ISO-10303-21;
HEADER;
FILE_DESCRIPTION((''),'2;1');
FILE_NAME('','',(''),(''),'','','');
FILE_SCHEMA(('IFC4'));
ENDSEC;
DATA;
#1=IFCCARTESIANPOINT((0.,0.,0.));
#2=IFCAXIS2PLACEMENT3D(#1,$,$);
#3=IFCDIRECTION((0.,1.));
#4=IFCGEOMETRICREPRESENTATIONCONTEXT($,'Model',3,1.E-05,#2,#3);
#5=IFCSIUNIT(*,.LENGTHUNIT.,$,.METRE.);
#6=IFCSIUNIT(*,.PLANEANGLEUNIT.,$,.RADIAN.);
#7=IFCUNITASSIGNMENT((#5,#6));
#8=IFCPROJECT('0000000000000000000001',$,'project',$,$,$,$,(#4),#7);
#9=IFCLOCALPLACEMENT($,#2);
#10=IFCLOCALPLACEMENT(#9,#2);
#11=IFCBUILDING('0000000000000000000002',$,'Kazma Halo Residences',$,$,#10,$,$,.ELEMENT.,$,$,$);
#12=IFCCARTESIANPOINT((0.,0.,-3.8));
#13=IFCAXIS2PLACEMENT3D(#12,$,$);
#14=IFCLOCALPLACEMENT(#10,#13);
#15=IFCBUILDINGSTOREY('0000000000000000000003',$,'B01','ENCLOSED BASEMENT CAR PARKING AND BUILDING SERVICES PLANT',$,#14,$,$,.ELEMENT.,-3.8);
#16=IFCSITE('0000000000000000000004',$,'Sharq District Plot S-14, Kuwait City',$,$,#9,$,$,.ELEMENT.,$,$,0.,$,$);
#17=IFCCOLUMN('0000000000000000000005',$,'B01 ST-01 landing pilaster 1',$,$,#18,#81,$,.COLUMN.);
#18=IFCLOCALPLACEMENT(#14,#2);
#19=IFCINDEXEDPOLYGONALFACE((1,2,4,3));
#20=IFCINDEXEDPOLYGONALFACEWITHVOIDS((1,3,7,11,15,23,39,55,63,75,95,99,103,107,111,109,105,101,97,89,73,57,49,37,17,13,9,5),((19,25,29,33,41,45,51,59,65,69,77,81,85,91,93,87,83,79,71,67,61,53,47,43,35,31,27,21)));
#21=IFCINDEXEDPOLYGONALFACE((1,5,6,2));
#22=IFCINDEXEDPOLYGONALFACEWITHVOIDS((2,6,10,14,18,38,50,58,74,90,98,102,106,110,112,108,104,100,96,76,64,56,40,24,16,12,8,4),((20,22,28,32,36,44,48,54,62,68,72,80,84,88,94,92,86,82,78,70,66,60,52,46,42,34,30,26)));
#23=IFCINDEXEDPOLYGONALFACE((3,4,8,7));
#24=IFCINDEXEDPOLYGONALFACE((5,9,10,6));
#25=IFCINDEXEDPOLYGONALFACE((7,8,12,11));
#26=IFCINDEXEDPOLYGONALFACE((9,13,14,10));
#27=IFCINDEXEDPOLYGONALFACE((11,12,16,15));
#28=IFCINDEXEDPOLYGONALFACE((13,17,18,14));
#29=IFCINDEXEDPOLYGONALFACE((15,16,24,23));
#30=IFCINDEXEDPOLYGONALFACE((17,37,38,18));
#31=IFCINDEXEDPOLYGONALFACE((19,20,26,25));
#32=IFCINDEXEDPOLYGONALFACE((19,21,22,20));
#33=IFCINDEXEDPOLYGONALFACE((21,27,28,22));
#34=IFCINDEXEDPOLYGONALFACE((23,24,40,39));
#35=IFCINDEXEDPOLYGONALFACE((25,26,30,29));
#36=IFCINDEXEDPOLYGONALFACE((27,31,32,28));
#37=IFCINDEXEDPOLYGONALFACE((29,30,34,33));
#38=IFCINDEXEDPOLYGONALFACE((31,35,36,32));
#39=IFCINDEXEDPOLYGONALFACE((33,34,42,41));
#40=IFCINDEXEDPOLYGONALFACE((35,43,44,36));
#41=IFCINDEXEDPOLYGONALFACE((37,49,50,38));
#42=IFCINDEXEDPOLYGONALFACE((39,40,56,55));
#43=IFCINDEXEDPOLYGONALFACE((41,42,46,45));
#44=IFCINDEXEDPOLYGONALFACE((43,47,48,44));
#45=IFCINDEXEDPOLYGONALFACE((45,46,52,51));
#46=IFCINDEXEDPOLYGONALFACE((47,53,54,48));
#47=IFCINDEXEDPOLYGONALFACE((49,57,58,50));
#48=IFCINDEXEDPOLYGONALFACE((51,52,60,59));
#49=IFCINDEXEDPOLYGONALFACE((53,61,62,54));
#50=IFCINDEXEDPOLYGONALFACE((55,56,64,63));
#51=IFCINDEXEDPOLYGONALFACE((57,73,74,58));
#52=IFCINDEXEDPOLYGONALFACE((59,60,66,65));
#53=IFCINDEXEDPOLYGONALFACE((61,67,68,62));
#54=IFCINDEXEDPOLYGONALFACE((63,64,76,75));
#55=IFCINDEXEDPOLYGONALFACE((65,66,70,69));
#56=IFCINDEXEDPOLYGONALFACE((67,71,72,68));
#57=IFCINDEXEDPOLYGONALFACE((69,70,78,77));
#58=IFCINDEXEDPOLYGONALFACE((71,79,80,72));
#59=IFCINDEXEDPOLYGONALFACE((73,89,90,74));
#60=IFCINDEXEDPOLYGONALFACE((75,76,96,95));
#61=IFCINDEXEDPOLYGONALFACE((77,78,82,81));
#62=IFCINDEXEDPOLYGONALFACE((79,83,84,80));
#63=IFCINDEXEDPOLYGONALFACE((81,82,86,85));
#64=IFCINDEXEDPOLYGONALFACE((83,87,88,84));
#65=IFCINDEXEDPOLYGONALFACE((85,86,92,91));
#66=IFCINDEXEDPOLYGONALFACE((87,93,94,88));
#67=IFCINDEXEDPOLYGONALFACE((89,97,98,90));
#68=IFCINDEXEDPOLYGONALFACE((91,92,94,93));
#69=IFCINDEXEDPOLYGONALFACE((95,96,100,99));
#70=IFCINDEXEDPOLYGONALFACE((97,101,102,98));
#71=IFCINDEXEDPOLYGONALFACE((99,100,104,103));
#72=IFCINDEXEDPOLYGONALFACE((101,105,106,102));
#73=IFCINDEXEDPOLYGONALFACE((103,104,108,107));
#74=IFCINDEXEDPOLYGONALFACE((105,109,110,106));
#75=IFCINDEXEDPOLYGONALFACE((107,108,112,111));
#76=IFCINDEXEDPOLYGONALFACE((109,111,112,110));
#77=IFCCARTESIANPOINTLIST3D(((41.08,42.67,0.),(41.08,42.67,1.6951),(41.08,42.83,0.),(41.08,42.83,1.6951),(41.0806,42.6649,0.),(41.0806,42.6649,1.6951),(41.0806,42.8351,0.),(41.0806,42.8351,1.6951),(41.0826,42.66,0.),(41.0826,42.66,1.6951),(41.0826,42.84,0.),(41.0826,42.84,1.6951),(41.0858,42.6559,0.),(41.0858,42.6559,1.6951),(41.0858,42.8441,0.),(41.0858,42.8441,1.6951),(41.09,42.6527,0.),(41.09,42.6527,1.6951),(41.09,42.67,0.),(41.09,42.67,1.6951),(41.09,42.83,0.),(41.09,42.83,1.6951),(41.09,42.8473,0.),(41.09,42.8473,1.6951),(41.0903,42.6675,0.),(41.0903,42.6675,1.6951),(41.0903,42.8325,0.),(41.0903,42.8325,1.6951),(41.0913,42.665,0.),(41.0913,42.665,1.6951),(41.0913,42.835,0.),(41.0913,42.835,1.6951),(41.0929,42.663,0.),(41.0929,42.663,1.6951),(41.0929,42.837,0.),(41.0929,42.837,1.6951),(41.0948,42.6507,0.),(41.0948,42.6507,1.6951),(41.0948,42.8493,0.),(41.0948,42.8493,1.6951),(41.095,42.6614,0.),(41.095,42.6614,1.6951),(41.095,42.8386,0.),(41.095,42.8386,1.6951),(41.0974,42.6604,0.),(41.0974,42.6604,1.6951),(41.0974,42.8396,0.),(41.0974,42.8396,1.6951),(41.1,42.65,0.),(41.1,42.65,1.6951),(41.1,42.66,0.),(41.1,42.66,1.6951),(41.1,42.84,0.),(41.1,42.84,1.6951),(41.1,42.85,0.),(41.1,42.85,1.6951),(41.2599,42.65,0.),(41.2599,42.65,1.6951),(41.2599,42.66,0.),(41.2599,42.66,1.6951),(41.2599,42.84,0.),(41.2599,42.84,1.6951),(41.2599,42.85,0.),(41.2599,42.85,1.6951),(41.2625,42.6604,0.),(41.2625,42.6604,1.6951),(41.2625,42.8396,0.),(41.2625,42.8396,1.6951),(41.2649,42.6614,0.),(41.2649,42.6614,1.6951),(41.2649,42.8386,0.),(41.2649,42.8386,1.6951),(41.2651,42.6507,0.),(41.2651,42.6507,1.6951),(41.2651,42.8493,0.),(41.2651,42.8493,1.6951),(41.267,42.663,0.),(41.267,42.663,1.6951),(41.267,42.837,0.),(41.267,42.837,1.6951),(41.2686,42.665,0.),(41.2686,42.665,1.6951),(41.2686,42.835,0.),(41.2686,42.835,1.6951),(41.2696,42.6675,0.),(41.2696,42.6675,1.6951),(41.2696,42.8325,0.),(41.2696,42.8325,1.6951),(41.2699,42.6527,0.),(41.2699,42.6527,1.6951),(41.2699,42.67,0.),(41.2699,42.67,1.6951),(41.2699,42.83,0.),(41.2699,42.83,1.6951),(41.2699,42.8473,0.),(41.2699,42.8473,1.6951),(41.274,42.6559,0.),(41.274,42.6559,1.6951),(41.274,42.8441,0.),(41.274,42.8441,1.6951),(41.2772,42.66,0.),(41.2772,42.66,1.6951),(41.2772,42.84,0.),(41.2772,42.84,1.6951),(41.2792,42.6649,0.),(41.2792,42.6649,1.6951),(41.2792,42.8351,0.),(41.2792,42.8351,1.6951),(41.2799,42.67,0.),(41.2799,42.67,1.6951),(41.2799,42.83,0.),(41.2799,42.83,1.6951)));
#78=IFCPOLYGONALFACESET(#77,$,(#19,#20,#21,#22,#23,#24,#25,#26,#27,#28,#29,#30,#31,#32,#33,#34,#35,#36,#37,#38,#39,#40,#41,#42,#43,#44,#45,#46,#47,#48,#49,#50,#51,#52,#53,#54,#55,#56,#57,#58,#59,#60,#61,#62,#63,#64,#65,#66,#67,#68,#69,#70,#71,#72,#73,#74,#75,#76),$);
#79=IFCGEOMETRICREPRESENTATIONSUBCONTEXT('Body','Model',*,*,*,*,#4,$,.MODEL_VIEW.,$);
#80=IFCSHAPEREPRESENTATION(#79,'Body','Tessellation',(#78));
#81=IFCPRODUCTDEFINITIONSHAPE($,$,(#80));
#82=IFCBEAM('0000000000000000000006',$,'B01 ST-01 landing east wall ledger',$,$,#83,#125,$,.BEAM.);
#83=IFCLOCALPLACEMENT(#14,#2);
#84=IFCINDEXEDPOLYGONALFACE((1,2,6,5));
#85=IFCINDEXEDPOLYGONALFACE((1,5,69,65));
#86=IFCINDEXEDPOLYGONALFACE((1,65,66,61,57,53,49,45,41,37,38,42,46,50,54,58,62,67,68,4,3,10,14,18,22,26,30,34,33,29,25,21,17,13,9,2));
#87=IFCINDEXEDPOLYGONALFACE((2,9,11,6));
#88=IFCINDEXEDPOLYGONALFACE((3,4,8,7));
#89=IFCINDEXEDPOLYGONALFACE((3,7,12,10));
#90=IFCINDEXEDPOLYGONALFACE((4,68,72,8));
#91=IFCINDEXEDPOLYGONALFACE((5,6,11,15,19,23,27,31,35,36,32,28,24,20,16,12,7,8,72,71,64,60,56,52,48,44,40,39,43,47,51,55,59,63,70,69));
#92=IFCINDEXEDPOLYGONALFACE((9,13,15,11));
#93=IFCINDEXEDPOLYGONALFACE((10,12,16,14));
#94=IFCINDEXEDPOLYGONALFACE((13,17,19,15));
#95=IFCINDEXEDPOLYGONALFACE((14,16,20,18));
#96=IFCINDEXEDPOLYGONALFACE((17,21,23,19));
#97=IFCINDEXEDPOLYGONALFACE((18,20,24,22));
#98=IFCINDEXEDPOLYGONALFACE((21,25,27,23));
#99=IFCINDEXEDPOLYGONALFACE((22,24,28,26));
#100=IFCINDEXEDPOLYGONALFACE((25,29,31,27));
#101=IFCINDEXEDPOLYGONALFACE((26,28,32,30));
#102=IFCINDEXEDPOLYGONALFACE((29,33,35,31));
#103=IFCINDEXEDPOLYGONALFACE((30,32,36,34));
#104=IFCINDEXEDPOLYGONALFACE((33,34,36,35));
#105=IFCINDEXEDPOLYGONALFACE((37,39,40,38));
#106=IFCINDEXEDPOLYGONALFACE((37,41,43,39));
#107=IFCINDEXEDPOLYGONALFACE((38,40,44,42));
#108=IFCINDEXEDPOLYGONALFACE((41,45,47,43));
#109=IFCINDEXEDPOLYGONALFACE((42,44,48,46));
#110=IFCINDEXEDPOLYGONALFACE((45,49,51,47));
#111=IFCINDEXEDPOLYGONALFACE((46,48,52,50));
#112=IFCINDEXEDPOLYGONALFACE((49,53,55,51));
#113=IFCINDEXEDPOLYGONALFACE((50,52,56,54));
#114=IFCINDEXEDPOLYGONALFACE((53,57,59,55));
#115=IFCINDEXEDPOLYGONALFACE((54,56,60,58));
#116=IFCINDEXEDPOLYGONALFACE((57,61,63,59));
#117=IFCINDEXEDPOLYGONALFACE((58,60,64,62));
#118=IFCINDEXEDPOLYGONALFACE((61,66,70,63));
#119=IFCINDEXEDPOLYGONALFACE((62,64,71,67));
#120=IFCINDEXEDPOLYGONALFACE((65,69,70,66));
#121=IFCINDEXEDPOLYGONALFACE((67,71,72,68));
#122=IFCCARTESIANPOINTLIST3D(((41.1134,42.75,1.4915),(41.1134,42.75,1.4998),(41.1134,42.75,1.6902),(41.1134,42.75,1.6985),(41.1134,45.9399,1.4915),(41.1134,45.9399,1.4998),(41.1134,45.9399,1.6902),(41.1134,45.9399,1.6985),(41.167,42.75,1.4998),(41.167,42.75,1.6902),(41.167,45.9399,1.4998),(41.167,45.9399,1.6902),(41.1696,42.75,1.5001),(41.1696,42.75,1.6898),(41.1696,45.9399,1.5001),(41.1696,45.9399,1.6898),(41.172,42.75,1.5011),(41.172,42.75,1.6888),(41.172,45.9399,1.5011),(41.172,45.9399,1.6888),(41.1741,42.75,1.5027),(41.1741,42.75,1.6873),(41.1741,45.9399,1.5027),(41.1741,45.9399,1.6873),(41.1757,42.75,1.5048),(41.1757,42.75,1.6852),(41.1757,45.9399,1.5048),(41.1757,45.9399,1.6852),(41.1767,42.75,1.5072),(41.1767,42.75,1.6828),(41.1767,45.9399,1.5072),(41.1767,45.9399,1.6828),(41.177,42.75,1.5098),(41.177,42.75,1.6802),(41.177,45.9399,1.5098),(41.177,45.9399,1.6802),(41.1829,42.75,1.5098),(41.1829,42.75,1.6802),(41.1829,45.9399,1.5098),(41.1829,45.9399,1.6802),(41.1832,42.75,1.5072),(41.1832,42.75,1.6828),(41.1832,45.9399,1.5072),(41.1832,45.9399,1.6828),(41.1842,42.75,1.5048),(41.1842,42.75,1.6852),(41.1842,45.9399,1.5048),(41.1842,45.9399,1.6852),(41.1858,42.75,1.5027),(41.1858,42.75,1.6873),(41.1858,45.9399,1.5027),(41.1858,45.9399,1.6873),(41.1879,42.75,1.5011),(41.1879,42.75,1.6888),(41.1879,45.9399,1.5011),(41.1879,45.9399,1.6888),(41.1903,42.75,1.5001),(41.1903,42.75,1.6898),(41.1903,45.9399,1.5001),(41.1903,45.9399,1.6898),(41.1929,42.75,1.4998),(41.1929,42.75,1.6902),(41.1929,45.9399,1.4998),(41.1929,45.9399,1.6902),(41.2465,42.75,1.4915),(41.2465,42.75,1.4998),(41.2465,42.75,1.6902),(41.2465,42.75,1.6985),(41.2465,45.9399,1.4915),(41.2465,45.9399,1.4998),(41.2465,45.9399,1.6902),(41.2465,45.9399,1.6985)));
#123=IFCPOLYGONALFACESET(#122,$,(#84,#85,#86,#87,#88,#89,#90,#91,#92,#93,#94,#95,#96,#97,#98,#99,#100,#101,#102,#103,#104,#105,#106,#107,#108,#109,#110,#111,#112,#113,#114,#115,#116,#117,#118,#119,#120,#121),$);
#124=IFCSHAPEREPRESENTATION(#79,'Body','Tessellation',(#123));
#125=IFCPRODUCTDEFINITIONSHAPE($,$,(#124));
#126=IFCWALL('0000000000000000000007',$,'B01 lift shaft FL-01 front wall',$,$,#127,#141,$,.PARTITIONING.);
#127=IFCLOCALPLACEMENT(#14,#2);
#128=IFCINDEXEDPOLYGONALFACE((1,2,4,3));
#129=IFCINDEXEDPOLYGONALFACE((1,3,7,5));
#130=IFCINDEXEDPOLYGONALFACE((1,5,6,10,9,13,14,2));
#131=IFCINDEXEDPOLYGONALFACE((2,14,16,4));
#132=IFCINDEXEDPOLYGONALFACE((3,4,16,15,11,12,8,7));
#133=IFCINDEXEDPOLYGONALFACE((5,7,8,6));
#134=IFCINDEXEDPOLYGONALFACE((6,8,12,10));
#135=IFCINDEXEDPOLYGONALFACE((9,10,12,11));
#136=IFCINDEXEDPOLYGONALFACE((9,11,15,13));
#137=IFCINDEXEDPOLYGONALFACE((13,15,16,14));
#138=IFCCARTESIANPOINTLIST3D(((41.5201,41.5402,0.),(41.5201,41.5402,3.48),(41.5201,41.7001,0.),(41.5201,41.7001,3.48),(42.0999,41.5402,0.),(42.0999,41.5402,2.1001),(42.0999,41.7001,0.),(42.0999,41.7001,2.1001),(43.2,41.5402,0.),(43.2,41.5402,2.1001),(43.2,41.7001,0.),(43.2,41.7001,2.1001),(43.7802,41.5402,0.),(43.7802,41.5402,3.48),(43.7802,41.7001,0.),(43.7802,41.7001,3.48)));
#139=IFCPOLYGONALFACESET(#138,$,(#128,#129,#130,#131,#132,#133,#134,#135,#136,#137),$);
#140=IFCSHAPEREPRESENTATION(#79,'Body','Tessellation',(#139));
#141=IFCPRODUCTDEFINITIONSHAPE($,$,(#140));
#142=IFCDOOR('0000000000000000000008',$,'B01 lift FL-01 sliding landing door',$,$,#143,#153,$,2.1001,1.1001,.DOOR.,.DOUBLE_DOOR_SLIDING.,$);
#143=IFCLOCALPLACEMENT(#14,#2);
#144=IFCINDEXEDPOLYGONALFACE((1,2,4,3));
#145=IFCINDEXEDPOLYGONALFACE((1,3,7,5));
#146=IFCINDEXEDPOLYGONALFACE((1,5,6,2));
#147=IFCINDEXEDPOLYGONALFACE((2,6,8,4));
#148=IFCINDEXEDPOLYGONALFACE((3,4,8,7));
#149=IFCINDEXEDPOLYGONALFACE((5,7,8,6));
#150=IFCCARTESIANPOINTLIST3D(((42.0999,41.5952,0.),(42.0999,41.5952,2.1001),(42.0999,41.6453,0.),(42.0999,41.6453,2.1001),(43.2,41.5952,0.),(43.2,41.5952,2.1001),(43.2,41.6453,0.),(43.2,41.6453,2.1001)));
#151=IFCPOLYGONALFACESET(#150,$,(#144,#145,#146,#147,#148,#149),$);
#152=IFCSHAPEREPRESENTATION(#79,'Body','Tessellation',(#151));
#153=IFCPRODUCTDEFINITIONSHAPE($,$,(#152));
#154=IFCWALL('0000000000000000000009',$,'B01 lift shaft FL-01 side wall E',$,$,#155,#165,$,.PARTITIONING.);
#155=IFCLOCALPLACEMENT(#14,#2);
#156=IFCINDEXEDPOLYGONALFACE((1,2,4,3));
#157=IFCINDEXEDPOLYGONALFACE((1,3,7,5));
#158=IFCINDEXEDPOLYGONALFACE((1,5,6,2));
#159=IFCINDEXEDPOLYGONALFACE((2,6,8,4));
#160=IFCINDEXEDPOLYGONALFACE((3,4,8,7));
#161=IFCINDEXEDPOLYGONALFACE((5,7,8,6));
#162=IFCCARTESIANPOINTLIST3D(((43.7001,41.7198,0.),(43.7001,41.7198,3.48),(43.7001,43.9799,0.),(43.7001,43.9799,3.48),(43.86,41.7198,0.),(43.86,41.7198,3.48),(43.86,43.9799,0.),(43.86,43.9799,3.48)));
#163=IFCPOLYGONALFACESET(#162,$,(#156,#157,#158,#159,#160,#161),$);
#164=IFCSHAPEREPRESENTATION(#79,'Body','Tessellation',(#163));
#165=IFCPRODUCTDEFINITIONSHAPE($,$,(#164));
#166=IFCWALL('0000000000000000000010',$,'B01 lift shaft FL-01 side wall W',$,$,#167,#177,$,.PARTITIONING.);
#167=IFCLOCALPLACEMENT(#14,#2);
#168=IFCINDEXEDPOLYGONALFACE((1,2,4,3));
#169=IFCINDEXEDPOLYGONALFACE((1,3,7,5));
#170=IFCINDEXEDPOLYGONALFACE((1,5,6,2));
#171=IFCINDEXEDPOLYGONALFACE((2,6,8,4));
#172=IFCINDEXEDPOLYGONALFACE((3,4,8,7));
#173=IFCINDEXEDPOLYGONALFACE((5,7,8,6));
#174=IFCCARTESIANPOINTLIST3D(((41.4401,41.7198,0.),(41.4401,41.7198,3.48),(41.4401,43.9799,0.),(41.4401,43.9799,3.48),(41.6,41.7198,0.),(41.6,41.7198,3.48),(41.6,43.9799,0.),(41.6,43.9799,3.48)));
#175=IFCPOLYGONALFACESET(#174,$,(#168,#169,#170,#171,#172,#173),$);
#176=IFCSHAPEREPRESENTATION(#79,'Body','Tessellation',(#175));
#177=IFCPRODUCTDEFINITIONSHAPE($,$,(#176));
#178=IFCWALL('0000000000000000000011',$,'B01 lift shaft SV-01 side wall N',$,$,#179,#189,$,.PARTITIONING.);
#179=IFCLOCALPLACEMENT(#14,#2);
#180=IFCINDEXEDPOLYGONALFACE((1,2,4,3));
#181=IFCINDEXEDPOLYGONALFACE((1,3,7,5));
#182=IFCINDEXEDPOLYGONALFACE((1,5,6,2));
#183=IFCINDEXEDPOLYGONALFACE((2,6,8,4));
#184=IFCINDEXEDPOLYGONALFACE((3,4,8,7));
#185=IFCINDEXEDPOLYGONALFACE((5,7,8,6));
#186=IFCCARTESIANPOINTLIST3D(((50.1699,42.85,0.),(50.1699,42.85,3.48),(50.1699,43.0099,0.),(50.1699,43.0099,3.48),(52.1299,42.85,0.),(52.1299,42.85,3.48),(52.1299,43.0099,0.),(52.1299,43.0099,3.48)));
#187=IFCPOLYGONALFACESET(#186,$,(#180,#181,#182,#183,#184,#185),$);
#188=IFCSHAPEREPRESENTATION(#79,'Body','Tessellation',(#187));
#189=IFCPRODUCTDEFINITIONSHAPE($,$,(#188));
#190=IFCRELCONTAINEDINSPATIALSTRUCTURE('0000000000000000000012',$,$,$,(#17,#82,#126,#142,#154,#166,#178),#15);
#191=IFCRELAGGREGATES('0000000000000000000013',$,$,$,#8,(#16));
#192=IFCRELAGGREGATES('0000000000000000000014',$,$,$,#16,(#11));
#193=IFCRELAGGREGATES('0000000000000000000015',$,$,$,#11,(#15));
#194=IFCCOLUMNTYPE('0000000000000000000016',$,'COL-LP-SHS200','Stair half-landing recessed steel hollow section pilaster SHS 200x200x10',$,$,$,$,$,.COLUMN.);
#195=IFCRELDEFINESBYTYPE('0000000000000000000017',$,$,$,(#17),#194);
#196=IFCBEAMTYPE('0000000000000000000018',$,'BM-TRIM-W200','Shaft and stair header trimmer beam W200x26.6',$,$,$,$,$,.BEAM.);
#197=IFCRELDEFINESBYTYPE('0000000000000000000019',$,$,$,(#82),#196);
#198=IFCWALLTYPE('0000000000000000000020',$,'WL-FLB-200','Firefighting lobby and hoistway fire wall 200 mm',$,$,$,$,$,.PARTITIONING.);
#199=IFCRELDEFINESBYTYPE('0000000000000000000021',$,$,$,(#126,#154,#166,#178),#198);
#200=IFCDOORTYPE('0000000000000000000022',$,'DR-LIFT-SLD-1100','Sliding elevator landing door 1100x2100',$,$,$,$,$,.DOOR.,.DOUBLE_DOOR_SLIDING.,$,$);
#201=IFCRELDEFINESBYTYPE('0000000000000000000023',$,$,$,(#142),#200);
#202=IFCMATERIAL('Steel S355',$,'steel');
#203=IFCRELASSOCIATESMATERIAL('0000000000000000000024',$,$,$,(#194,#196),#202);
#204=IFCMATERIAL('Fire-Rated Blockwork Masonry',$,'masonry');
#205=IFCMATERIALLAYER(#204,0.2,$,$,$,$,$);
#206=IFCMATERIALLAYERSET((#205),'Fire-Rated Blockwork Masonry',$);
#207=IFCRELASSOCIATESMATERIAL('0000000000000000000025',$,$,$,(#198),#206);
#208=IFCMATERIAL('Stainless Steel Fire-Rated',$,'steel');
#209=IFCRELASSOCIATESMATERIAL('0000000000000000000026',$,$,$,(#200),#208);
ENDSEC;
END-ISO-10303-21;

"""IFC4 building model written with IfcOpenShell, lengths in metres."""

from ifc_helpers import new_model, si_unit, direction, frame, frame_2d, origin, origin_2d, place, context, subcontext, project, spatial, rectangle, hollow_rectangle, i_section, extrude, material, layer, layer_set, material_profile, profile_set, type_object, element, fill, save


model = new_model("IFC4")

# Units and contexts
model_context = context("Model", 3, precision=1e-05, world=origin(), true_north=direction((0.0, 1.0)))
body_context = subcontext(model_context, "Body", "Model", "MODEL_VIEW")
ifc_project = project(units=[si_unit("LENGTHUNIT", "METRE"), si_unit("PLANEANGLEUNIT", "RADIAN")], contexts=[model_context])

# Site, building, storey
site_placement = place(None, origin())
site = spatial("IfcSite", under=ifc_project, at=site_placement, Name="Sharq District Plot S-14, Kuwait City", CompositionType="ELEMENT", RefElevation=0.0)
building_placement = place(site_placement, origin())
building = spatial("IfcBuilding", under=site, at=building_placement, Name="Kazma Halo Residences", CompositionType="ELEMENT")
storey_placement = place(building_placement, frame((0.0, 0.0, -3.8)))
storey = spatial("IfcBuildingStorey", under=building, at=storey_placement, Name="B01", Description="ENCLOSED BASEMENT CAR PARKING AND BUILDING SERVICES PLANT", CompositionType="ELEMENT", Elevation=-3.8)

# Column
ifc_material_1 = material(Name="Steel S355", Category="steel")
ifc_material_profile_1 = material_profile(ifc_material_1, hollow_rectangle(XDim=0.2, YDim=0.2, WallThickness=0.01, InnerFilletRadius=0.01, OuterFilletRadius=0.02, at=origin_2d()), Name="SHS200x200x10")
ifc_profile_set_1 = profile_set([ifc_material_profile_1], Name="Steel S355")
column_type = type_object("IfcColumnType", Name="COL-LP-SHS200", Description="Stair half-landing recessed steel hollow section pilaster SHS 200x200x10", PredefinedType="COLUMN", material=ifc_profile_set_1)
column_placement = place(storey_placement, frame((41.1799, 42.75, 0.0), z_axis=(0.0, 0.0, 1.0), x_axis=(1.0, 0.0, 0.0)))
element("IfcColumn", 1, at=column_placement, inside=storey, type_object=column_type, Name="B01 ST-01 landing pilaster 1", PredefinedType="COLUMN", context=body_context, shape_type="SweptSolid", body=[
    extrude(hollow_rectangle(XDim=0.2, YDim=0.2, WallThickness=0.01, InnerFilletRadius=0.01, OuterFilletRadius=0.02, at=origin_2d()), origin(), (0.0, 0.0, 1.0), 1.6951),
])

# Beam
ifc_material_profile_2 = material_profile(ifc_material_1, i_section(OverallWidth=0.1331, OverallDepth=0.207, WebThickness=0.0059, FlangeThickness=0.0083, FilletRadius=0.01, at=origin_2d()), Name="W200x26.6")
ifc_profile_set_2 = profile_set([ifc_material_profile_2], Name="Steel S355")
beam_type = type_object("IfcBeamType", Name="BM-TRIM-W200", Description="Shaft and stair header trimmer beam W200x26.6", PredefinedType="BEAM", material=ifc_profile_set_2)
beam_placement = place(storey_placement, frame((41.1799, 42.75, 1.595), z_axis=(0.0, 1.0, 0.0), x_axis=(-1.0, 0.0, 0.0)))
element("IfcBeam", 2, at=beam_placement, inside=storey, type_object=beam_type, Name="B01 ST-01 landing east wall ledger", PredefinedType="BEAM", context=body_context, shape_type="SweptSolid", body=[
    extrude(i_section(OverallWidth=0.1331, OverallDepth=0.207, WebThickness=0.0059, FlangeThickness=0.0083, FilletRadius=0.01, at=origin_2d()), origin(), (0.0, 0.0, 1.0), 3.1899),
])

# Wall, opening, door
ifc_material_2 = material(Name="Fire-Rated Blockwork Masonry", Category="masonry")
ifc_layer_1 = layer(ifc_material_2, 0.2)
ifc_layer_set_1 = layer_set([ifc_layer_1], Name="Fire-Rated Blockwork Masonry")
wall_type_1 = type_object("IfcWallType", Name="WL-FLB-200", Description="Firefighting lobby and hoistway fire wall 200 mm", PredefinedType="PARTITIONING", material=ifc_layer_set_1)
wall_1_placement = place(storey_placement, frame((43.78, 41.6201, 0.0), z_axis=(0.0, 0.0, 1.0), x_axis=(-1.0, 0.0, 0.0)))
wall_1 = element("IfcWall", 3, at=wall_1_placement, inside=storey, type_object=wall_type_1, Name="B01 lift shaft FL-01 front wall", PredefinedType="PARTITIONING", context=body_context, shape_type="SweptSolid", body=[
    extrude(rectangle(XDim=2.26, YDim=0.1599, at=frame_2d((1.1299, 0.0))), origin(), (0.0, 0.0, 1.0), 3.48),
])
opening_1_placement = place(wall_1_placement, frame((0.5801, 0.0, 0.0)))
opening_1 = element("IfcOpeningElement", 4, at=opening_1_placement, cuts=wall_1, PredefinedType="OPENING", context=body_context, shape_type="SweptSolid", body=[
    extrude(rectangle(XDim=1.1001, YDim=2.1001, at=frame_2d((0.55, 1.05))), frame((0.0, 0.0898, 0.0), z_axis=(0.0, -1.0, 0.0), x_axis=(1.0, 0.0, 0.0)), (0.0, 0.0, 1.0), 0.1799),
])
ifc_material_3 = material(Name="Stainless Steel Fire-Rated", Category="steel")
door_type_1 = type_object("IfcDoorType", Name="DR-LIFT-SLD-1100", Description="Sliding elevator landing door 1100x2100", OperationType="DOUBLE_DOOR_SLIDING", PredefinedType="DOOR", material=ifc_material_3)
door_1_placement = place(opening_1_placement, origin())
door_1 = element("IfcDoor", 5, at=door_1_placement, inside=storey, type_object=door_type_1, Name="B01 lift FL-01 sliding landing door", OperationType="DOUBLE_DOOR_SLIDING", OverallHeight=2.1001, OverallWidth=1.1001, PredefinedType="DOOR", context=body_context, shape_type="SweptSolid", body=[
    extrude(rectangle(XDim=1.1001, YDim=2.1001, at=frame_2d((0.55, 1.05))), frame((0.0, 0.0249, 0.0), z_axis=(0.0, -1.0, 0.0), x_axis=(1.0, 0.0, 0.0)), (0.0, 0.0, 1.0), 0.05),
])
fill(opening_1, door_1)

# Walls
for number, where, z_axis, x_axis, name in (
    (6, (43.78, 41.72, 0.0), (0.0, 0.0, 1.0), (0.0, 1.0, 0.0), "B01 lift shaft FL-01 side wall E"),
    (7, (41.52, 41.72, 0.0), (0.0, 0.0, 1.0), (0.0, 1.0, 0.0), "B01 lift shaft FL-01 side wall W"),
):
    element("IfcWall", number, at=place(storey_placement, frame(where, z_axis=z_axis, x_axis=x_axis)), inside=storey, type_object=wall_type_1, Name=name, PredefinedType="PARTITIONING", context=body_context, shape_type="SweptSolid", body=[
        extrude(rectangle(XDim=2.26, YDim=0.1599, at=frame_2d((1.1299, 0.0))), origin(), (0.0, 0.0, 1.0), 3.48),
    ])
wall_2_placement = place(storey_placement, frame((50.1699, 42.9299, 0.0), z_axis=(0.0, 0.0, 1.0), x_axis=(1.0, 0.0, 0.0)))
element("IfcWall", 8, at=wall_2_placement, inside=storey, type_object=wall_type_1, Name="B01 lift shaft SV-01 side wall N", PredefinedType="PARTITIONING", context=body_context, shape_type="SweptSolid", body=[
    extrude(rectangle(XDim=1.96, YDim=0.1599, at=frame_2d((0.98, 0.0))), origin(), (0.0, 0.0, 1.0), 3.48),
])

save(model, "model.ifc")
